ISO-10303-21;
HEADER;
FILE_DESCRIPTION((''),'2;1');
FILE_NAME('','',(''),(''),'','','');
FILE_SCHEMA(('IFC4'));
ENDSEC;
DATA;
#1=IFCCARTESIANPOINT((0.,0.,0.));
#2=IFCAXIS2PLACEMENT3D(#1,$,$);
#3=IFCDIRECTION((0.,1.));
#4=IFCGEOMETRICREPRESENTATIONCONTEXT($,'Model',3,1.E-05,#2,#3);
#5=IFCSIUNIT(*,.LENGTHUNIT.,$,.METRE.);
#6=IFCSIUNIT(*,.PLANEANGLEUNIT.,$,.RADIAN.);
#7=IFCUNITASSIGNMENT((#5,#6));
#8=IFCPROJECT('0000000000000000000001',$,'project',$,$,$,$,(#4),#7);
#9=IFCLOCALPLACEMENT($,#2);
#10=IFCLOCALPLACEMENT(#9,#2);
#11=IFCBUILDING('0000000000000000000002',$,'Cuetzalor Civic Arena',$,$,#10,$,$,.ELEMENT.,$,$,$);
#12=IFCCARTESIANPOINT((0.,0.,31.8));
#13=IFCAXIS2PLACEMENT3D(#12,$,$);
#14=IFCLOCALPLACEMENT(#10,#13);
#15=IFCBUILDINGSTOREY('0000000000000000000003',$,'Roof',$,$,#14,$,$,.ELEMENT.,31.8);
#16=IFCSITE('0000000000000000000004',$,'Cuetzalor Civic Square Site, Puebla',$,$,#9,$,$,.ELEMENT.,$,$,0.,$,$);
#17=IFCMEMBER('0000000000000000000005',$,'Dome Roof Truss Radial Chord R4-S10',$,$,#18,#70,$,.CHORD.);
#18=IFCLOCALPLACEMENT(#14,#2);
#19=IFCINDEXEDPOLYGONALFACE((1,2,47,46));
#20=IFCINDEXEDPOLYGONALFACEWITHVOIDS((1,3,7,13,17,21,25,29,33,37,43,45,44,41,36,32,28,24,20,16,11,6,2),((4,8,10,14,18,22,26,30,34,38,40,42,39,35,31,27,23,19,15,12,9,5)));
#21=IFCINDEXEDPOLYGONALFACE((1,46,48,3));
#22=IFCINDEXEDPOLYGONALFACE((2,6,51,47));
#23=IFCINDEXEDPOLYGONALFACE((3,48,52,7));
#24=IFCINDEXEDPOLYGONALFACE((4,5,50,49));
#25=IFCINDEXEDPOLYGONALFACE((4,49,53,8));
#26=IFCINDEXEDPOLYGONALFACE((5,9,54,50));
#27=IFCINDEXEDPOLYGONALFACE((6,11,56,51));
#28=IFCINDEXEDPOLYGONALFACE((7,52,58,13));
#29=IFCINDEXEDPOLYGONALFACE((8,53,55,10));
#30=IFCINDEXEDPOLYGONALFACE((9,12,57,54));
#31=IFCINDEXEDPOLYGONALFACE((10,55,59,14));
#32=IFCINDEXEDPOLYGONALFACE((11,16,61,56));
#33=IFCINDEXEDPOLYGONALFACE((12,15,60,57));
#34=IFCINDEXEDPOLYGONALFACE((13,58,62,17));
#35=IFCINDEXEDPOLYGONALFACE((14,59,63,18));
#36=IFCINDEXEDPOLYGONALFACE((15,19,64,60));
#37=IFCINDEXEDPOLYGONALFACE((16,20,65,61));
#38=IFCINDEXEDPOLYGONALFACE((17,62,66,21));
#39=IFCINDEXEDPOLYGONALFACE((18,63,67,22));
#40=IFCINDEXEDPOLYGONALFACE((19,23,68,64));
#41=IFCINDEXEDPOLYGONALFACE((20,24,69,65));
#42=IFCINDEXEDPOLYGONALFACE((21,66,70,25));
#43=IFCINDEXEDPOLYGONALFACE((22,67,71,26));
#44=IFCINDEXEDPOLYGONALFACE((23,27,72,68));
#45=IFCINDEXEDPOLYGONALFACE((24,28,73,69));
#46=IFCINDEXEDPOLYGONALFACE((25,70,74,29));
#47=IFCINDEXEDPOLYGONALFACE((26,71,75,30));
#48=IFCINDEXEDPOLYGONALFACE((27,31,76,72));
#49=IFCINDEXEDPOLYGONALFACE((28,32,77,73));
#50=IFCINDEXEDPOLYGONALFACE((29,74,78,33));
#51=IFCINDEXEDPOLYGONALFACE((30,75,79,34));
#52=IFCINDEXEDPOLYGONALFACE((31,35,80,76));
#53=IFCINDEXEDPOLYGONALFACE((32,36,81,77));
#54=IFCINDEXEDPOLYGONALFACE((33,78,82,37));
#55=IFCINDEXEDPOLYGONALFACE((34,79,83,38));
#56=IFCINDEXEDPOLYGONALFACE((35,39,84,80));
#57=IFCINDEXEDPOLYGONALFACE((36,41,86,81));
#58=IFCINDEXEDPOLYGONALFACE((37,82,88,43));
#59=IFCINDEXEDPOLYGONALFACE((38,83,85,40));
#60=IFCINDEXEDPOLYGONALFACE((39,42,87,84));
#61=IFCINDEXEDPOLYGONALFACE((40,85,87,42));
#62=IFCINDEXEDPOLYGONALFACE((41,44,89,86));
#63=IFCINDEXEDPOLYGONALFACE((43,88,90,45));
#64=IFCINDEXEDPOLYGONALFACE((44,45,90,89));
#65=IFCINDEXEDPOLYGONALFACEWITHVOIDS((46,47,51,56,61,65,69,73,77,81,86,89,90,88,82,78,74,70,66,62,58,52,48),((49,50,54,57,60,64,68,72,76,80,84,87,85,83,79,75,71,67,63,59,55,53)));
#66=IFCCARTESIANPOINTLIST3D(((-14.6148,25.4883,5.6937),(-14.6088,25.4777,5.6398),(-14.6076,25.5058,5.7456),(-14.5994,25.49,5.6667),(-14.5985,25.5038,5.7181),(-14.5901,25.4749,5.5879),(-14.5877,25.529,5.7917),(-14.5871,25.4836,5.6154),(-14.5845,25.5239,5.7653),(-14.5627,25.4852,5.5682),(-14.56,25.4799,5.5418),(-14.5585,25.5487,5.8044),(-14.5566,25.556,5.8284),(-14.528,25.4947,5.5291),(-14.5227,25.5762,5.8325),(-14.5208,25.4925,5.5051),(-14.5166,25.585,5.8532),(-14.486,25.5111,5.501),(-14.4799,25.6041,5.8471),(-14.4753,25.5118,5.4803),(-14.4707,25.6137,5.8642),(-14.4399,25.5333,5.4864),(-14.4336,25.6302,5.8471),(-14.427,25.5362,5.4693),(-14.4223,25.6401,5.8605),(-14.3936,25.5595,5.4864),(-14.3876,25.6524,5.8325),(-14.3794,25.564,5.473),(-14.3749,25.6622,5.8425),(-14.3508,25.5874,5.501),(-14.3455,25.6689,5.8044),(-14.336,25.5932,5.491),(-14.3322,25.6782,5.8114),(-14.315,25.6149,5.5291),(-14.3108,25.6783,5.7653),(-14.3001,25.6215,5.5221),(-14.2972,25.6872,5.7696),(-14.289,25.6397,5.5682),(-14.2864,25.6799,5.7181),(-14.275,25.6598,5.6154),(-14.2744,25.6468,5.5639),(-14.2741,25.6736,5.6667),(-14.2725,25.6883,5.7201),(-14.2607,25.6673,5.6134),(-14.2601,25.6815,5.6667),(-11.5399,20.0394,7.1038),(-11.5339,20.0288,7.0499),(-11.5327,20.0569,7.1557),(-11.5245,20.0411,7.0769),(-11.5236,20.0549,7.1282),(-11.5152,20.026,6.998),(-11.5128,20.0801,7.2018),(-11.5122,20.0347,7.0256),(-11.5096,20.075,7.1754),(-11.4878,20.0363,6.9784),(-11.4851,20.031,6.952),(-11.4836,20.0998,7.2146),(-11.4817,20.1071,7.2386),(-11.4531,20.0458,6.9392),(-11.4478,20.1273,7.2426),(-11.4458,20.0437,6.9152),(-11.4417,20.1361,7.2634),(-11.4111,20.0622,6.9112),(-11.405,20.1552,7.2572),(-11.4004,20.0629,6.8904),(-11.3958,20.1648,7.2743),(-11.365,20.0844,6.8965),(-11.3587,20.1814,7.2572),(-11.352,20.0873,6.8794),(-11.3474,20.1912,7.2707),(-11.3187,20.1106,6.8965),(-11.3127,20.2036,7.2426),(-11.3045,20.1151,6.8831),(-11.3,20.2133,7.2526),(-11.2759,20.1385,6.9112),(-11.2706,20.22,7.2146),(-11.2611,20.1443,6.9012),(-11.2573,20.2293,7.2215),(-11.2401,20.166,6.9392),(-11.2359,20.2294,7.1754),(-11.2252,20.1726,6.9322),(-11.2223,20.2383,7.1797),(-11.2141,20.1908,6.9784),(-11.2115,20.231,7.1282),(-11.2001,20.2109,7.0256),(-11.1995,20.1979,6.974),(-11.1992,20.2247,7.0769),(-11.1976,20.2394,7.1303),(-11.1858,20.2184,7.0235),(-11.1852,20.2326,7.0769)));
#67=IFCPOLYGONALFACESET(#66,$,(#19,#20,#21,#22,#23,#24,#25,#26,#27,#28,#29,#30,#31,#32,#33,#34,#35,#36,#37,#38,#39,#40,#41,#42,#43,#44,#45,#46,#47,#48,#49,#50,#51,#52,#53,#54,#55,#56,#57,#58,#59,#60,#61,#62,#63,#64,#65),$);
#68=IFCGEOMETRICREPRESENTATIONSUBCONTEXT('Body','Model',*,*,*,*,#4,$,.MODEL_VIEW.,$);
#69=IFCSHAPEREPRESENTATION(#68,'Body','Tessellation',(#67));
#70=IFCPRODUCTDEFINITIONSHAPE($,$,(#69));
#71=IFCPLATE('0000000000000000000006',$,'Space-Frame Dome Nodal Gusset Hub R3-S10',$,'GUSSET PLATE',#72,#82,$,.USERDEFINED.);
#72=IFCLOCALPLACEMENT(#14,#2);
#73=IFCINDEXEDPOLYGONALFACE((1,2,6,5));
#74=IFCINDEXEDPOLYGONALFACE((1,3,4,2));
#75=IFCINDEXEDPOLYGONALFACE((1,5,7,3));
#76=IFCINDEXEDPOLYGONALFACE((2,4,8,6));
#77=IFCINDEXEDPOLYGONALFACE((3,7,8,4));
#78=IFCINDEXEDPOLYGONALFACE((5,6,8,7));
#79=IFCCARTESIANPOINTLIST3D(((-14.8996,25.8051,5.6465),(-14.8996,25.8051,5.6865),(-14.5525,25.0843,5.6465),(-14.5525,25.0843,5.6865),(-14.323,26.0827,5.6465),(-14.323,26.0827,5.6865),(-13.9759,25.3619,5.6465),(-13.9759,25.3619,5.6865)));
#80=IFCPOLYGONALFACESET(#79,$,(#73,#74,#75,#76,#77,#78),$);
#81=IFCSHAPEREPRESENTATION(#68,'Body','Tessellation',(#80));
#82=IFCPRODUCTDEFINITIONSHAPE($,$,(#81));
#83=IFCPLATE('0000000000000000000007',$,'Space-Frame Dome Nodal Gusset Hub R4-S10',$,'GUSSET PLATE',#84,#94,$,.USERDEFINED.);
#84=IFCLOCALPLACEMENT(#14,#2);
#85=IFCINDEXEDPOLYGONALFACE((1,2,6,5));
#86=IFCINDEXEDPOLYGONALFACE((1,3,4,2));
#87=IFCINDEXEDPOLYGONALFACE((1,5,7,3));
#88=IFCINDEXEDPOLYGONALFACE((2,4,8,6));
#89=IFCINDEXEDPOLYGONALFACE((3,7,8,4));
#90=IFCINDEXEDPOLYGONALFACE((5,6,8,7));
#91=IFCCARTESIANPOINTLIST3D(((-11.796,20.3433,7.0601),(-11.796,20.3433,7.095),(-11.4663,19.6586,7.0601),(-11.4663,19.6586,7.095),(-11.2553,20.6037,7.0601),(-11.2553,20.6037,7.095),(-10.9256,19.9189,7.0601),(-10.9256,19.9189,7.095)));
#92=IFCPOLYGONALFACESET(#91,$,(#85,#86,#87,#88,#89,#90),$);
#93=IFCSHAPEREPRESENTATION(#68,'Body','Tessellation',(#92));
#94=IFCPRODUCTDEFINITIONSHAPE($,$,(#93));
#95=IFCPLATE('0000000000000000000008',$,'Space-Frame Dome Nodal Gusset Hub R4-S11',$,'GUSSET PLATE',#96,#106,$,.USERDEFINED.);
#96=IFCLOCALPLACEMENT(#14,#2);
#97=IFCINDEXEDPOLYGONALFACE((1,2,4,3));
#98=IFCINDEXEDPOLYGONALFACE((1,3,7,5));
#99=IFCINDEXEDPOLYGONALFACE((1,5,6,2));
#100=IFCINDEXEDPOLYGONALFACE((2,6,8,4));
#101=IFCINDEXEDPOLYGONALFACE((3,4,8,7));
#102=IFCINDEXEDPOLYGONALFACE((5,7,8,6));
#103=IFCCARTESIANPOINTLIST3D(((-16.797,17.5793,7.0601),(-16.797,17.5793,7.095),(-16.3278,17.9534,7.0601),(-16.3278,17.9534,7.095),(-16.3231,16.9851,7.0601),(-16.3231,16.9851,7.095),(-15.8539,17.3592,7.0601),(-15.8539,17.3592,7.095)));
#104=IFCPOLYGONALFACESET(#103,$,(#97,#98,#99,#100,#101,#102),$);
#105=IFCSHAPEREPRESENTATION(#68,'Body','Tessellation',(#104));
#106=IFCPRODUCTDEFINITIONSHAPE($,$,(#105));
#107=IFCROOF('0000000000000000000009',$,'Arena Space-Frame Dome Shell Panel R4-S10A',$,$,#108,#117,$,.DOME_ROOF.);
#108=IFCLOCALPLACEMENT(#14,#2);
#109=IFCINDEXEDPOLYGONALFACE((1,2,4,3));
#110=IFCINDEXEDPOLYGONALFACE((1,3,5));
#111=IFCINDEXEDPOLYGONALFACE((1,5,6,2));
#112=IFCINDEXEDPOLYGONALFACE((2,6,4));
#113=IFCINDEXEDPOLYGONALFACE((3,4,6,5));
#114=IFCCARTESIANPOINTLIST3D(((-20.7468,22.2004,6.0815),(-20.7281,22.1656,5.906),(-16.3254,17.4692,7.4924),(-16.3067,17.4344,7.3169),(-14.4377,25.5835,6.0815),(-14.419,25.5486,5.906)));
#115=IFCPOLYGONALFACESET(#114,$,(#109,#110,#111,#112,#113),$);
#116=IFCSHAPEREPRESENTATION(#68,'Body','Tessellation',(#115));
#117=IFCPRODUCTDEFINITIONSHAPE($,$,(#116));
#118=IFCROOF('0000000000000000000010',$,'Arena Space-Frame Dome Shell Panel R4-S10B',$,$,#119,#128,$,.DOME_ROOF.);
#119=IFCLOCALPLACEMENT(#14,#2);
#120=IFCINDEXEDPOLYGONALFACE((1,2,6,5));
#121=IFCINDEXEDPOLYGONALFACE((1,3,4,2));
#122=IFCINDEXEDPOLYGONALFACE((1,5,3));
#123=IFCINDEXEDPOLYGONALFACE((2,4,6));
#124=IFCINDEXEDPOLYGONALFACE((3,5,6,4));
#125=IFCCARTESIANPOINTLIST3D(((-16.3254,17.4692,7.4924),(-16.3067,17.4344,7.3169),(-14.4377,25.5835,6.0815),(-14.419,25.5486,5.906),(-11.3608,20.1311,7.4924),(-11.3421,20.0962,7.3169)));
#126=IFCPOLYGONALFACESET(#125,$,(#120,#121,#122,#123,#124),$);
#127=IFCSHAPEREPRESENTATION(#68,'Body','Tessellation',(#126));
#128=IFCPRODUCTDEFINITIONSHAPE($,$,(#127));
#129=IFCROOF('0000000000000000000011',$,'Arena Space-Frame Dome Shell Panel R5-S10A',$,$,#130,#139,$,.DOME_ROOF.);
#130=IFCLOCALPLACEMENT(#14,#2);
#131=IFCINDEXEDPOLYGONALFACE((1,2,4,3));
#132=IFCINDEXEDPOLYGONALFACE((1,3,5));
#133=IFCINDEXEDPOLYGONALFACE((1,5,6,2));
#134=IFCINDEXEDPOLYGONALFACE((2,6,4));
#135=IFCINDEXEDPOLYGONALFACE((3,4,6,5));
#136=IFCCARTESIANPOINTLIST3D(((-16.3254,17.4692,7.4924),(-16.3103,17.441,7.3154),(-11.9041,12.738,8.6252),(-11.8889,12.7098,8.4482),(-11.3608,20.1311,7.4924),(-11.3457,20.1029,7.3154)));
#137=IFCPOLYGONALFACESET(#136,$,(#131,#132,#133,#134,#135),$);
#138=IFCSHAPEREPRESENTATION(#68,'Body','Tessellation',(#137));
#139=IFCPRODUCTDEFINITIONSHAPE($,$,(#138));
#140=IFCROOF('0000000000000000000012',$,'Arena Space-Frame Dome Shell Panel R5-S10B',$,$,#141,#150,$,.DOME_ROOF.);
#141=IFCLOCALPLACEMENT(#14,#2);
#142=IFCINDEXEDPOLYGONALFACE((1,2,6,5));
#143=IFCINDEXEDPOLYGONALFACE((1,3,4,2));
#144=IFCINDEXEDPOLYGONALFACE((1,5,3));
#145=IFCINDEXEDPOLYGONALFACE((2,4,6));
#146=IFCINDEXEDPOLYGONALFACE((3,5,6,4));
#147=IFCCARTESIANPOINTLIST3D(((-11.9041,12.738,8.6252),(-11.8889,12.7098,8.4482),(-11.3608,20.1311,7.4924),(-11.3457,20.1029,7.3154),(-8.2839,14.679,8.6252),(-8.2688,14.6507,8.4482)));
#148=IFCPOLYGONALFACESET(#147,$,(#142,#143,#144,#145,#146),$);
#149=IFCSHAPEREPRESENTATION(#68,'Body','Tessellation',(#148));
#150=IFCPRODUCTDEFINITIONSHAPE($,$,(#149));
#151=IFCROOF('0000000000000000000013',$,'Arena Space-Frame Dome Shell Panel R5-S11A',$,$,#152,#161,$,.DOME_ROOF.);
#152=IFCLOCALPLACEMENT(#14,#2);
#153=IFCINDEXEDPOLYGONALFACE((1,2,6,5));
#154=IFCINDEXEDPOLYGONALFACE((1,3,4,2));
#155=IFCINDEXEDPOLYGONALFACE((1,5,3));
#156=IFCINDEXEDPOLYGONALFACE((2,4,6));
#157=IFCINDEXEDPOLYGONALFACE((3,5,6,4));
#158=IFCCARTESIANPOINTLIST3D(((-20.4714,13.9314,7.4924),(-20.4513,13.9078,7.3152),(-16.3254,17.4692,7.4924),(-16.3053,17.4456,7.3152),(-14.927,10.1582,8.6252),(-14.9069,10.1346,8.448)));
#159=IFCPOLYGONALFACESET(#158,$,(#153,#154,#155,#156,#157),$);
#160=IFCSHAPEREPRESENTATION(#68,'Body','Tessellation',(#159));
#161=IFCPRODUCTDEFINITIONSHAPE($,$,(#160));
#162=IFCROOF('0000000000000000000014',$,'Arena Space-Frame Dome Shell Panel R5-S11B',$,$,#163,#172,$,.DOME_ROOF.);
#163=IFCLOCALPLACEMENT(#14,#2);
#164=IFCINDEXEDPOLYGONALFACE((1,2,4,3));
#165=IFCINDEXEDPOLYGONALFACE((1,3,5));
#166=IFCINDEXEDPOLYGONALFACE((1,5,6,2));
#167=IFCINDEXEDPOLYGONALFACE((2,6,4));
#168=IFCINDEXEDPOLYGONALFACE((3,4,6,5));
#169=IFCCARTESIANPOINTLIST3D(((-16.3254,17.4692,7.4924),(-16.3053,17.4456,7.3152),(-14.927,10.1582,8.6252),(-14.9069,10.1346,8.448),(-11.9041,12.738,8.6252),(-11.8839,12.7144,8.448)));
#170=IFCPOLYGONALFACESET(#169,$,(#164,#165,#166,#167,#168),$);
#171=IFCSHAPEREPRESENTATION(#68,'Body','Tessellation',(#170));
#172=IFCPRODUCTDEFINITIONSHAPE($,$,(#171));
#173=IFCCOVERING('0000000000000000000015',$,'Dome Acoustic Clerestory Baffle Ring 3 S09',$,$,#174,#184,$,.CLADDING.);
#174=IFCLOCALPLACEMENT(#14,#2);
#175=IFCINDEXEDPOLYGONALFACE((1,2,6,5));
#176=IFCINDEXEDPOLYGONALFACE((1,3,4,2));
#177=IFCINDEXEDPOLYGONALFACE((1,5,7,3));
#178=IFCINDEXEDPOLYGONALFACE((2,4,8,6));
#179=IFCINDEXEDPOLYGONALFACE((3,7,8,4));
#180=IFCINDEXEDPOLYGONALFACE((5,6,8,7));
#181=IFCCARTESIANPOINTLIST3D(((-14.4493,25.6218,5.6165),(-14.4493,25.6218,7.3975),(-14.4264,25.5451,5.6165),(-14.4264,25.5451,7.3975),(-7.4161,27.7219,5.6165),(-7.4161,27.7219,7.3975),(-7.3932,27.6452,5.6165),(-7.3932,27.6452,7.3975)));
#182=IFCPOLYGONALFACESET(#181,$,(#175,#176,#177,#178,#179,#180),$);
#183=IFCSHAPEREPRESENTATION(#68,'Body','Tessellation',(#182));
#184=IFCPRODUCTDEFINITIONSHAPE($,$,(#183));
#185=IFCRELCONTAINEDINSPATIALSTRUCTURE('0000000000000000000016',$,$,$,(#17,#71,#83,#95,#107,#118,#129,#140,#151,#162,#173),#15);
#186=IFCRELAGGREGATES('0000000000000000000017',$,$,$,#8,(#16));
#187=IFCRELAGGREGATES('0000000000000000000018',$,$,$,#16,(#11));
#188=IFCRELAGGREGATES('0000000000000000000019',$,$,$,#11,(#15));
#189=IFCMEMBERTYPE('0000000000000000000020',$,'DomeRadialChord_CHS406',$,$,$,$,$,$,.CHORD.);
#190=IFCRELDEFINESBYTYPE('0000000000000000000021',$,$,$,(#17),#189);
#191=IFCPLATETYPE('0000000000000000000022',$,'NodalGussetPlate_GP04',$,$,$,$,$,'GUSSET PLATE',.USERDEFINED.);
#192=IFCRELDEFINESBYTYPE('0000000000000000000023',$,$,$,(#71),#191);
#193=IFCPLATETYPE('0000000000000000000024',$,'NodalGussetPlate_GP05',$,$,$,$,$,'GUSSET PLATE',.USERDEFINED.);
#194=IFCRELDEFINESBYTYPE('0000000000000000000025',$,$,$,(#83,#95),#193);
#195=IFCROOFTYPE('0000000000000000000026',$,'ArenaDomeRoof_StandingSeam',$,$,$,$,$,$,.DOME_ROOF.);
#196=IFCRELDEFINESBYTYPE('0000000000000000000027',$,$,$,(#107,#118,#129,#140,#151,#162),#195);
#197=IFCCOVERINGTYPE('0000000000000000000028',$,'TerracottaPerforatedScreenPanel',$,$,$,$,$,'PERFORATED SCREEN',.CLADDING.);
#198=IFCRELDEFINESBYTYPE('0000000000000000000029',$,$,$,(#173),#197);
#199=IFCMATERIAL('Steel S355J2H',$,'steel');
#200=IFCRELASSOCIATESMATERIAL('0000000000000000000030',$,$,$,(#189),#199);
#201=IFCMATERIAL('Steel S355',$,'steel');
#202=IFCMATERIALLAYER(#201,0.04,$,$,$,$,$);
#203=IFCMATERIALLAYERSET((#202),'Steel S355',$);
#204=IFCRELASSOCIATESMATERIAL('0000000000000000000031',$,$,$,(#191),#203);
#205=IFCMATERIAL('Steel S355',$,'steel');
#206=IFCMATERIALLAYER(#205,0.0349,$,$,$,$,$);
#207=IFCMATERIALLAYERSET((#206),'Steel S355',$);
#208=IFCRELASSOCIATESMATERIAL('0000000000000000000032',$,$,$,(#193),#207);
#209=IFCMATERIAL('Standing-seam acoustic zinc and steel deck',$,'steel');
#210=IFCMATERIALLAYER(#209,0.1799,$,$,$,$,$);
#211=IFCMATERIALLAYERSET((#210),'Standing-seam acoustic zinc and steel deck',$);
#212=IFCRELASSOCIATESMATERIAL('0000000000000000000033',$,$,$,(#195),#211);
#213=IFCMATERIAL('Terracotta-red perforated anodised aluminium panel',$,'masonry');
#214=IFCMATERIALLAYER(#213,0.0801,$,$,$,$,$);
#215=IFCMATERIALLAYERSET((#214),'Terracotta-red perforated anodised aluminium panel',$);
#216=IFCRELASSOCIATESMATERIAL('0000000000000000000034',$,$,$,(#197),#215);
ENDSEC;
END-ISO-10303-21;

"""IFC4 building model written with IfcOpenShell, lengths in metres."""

from ifc_helpers import new_model, si_unit, direction, frame, frame_2d, origin, origin_2d, place, context, subcontext, project, spatial, polyline, rectangle, hollow_circle, outline, extrude, material, layer, layer_set, material_profile, profile_set, type_object, element, save


model = new_model("IFC4")

# Units and contexts
model_context = context("Model", 3, precision=1e-05, world=origin(), true_north=direction((0.0, 1.0)))
body_context = subcontext(model_context, "Body", "Model", "MODEL_VIEW")
ifc_project = project(units=[si_unit("LENGTHUNIT", "METRE"), si_unit("PLANEANGLEUNIT", "RADIAN")], contexts=[model_context])

# Site, building, storey
site_placement = place(None, origin())
site = spatial("IfcSite", under=ifc_project, at=site_placement, Name="Cuetzalor Civic Square Site, Puebla", CompositionType="ELEMENT", RefElevation=0.0)
building_placement = place(site_placement, origin())
building = spatial("IfcBuilding", under=site, at=building_placement, Name="Cuetzalor Civic Arena", CompositionType="ELEMENT")
storey_placement = place(building_placement, frame((0.0, 0.0, 31.8)))
storey = spatial("IfcBuildingStorey", under=building, at=storey_placement, Name="Roof", CompositionType="ELEMENT", Elevation=31.8)

# Member
ifc_material_1 = material(Name="Steel S355J2H", Category="steel")
ifc_material_profile_1 = material_profile(ifc_material_1, hollow_circle(Radius=0.2029, WallThickness=0.0161, at=origin_2d()), Name="CHS 406x16")
ifc_profile_set_1 = profile_set([ifc_material_profile_1], Name="Steel S355J2H")
member_type_1 = type_object("IfcMemberType", Name="DomeRadialChord_CHS406", PredefinedType="CHORD", material=ifc_profile_set_1)
member_1_placement = place(storey_placement, frame((-14.4368, 25.5818, 5.6667), z_axis=(0.479437, -0.849587, 0.219867), x_axis=(0.870898, 0.491463, 0.0)))
element("IfcMember", 1, at=member_1_placement, inside=storey, type_object=member_type_1, Name="Dome Roof Truss Radial Chord R4-S10", PredefinedType="CHORD", context=body_context, shape_type="SweptSolid", body=[
    extrude(hollow_circle(Radius=0.2029, WallThickness=0.0161, at=origin_2d()), origin(), (0.0, 0.0, 1.0), 6.4136),
])

# Plates
ifc_material_2 = material(Name="Steel S355", Category="steel")
ifc_layer_1 = layer(ifc_material_2, 0.04)
ifc_layer_set_1 = layer_set([ifc_layer_1], Name="Steel S355")
plate_type_1 = type_object("IfcPlateType", Name="NodalGussetPlate_GP04", ElementType="GUSSET PLATE", PredefinedType="USERDEFINED", material=ifc_layer_set_1)
plate_placement = place(storey_placement, frame((-14.4377, 25.5835, 5.6465), z_axis=(0.0, 0.0, 1.0), x_axis=(-0.433816, 0.901001, 0.0)))
element("IfcPlate", 2, at=plate_placement, inside=storey, type_object=plate_type_1, Name="Space-Frame Dome Nodal Gusset Hub R3-S10", ObjectType="GUSSET PLATE", PredefinedType="USERDEFINED", context=body_context, shape_type="SweptSolid", body=[
    extrude(rectangle(XDim=0.8, YDim=0.6399, at=origin_2d()), origin(), (0.0, 0.0, 1.0), 0.04),
])
ifc_material_3 = material(Name="Steel S355", Category="steel")
ifc_layer_2 = layer(ifc_material_3, 0.0349)
ifc_layer_set_2 = layer_set([ifc_layer_2], Name="Steel S355")
plate_type_2 = type_object("IfcPlateType", Name="NodalGussetPlate_GP05", ElementType="GUSSET PLATE", PredefinedType="USERDEFINED", material=ifc_layer_set_2)
for number, where, z_axis, x_axis, name in (
    (3, (-11.3608, 20.1311, 7.0601), (0.0, 0.0, 1.0), (-0.433816, 0.901001, 0.0), "Space-Frame Dome Nodal Gusset Hub R4-S10"),
    (4, (-16.3254, 17.4692, 7.0601), (0.0, 0.0, 1.0), (-0.62347, 0.781847, 0.0), "Space-Frame Dome Nodal Gusset Hub R4-S11"),
):
    element("IfcPlate", number, at=place(storey_placement, frame(where, z_axis=z_axis, x_axis=x_axis)), inside=storey, type_object=plate_type_2, Name=name, ObjectType="GUSSET PLATE", PredefinedType="USERDEFINED", context=body_context, shape_type="SweptSolid", body=[
        extrude(rectangle(XDim=0.76, YDim=0.6001, at=origin_2d()), origin(), (0.0, 0.0, 1.0), 0.0349),
    ])

# Roofs
ifc_material_4 = material(Name="Standing-seam acoustic zinc and steel deck", Category="steel")
ifc_layer_3 = layer(ifc_material_4, 0.1799)
ifc_layer_set_3 = layer_set([ifc_layer_3], Name="Standing-seam acoustic zinc and steel deck")
roof_type = type_object("IfcRoofType", Name="ArenaDomeRoof_StandingSeam", PredefinedType="DOME_ROOF", material=ifc_layer_set_3)
roof_1_placement = place(storey_placement, frame((-14.4377, 25.5835, 6.0815), z_axis=(-0.103918, 0.193797, 0.975522), x_axis=(-0.881294, -0.472568, 0.0)))
element("IfcRoof", 5, at=roof_1_placement, inside=storey, type_object=roof_type, Name="Arena Space-Frame Dome Shell Panel R4-S10A", PredefinedType="DOME_ROOF", context=body_context, shape_type="SweptSolid", body=[
    extrude(outline(polyline([(0.0, 0.0), (7.1589, 0.0), (5.4982, 6.416), (0.0, 0.0)])), origin(), (0.0, 0.0, -1.0), 0.1799),
])
roof_2_placement = place(storey_placement, frame((-14.4377, 25.5835, 6.0815), z_axis=(-0.103907, 0.193795, 0.975524), x_axis=(-0.223407, -0.960316, 0.166978)))
element("IfcRoof", 6, at=roof_2_placement, inside=storey, type_object=roof_type, Name="Arena Space-Frame Dome Shell Panel R4-S10B", PredefinedType="DOME_ROOF", context=body_context, shape_type="SweptSolid", body=[
    extrude(outline(polyline([(0.0, 0.0), (8.4496, 0.0), (4.7842, 4.2776), (0.0, 0.0)])), origin(), (0.0, 0.0, -1.0), 0.1799),
])
roof_3_placement = place(storey_placement, frame((-11.3608, 20.1311, 7.4924), z_axis=(-0.084157, 0.15696, 0.984013), x_axis=(-0.881313, -0.472533, 0.0)))
element("IfcRoof", 7, at=roof_3_placement, inside=storey, type_object=roof_type, Name="Arena Space-Frame Dome Shell Panel R5-S10A", PredefinedType="DOME_ROOF", context=body_context, shape_type="SweptSolid", body=[
    extrude(outline(polyline([(0.0, 0.0), (5.6332, 0.0), (3.9722, 6.3606), (0.0, 0.0)])), origin(), (0.0, 0.0, -1.0), 0.1799),
])
roof_4_placement = place(storey_placement, frame((-11.3608, 20.1311, 7.4924), z_axis=(-0.084154, 0.15696, 0.984013), x_axis=(-0.072438, -0.985867, 0.151061)))
element("IfcRoof", 8, at=roof_4_placement, inside=storey, type_object=roof_type, Name="Arena Space-Frame Dome Shell Panel R5-S10B", PredefinedType="DOME_ROOF", context=body_context, shape_type="SweptSolid", body=[
    extrude(outline(polyline([(0.0, 0.0), (7.4991, 0.0), (5.3233, 3.4841), (0.0, 0.0)])), origin(), (0.0, 0.0, -1.0), 0.1799),
])
roof_5_placement = place(storey_placement, frame((-16.3254, 17.4692, 7.4924), z_axis=(-0.111961, 0.131208, 0.985012), x_axis=(-0.760693, -0.649111, 0.0)))
element("IfcRoof", 9, at=roof_5_placement, inside=storey, type_object=roof_type, Name="Arena Space-Frame Dome Shell Panel R5-S11A", PredefinedType="DOME_ROOF", context=body_context, shape_type="SweptSolid", body=[
    extrude(outline(polyline([(0.0, 0.0), (5.4503, 0.0), (3.6819, 6.5676), (0.0, 0.0)])), origin(), (0.0, 0.0, -1.0), 0.1799),
])
roof_6_placement = place(storey_placement, frame((-16.3254, 17.4692, 7.4924), z_axis=(-0.111973, 0.131205, 0.985011), x_axis=(0.185733, -0.971013, 0.150454)))
element("IfcRoof", 10, at=roof_6_placement, inside=storey, type_object=roof_type, Name="Arena Space-Frame Dome Shell Panel R5-S11B", PredefinedType="DOME_ROOF", context=body_context, shape_type="SweptSolid", body=[
    extrude(outline(polyline([(0.0, 0.0), (7.5293, 0.0), (5.5857, 3.4664), (0.0, 0.0)])), origin(), (0.0, 0.0, -1.0), 0.1799),
])

# Covering
ifc_material_5 = material(Name="Terracotta-red perforated anodised aluminium panel", Category="masonry")
ifc_layer_4 = layer(ifc_material_5, 0.0801)
ifc_layer_set_4 = layer_set([ifc_layer_4], Name="Terracotta-red perforated anodised aluminium panel")
covering_type = type_object("IfcCoveringType", Name="TerracottaPerforatedScreenPanel", ElementType="PERFORATED SCREEN", PredefinedType="CLADDING", material=ifc_layer_set_4)
covering_1_placement = place(storey_placement, frame((-14.4377, 25.5835, 5.6165), z_axis=(0.0, 0.0, 1.0), x_axis=(0.958195, 0.286115, 0.0)))
element("IfcCovering", 11, at=covering_1_placement, inside=storey, type_object=covering_type, Name="Dome Acoustic Clerestory Baffle Ring 3 S09", PredefinedType="CLADDING", context=body_context, shape_type="SweptSolid", body=[
    extrude(rectangle(XDim=7.3401, YDim=0.0801, at=frame_2d((3.6699, 0.0))), origin(), (0.0, 0.0, 1.0), 1.781),
])

save(model, "model.ifc")
